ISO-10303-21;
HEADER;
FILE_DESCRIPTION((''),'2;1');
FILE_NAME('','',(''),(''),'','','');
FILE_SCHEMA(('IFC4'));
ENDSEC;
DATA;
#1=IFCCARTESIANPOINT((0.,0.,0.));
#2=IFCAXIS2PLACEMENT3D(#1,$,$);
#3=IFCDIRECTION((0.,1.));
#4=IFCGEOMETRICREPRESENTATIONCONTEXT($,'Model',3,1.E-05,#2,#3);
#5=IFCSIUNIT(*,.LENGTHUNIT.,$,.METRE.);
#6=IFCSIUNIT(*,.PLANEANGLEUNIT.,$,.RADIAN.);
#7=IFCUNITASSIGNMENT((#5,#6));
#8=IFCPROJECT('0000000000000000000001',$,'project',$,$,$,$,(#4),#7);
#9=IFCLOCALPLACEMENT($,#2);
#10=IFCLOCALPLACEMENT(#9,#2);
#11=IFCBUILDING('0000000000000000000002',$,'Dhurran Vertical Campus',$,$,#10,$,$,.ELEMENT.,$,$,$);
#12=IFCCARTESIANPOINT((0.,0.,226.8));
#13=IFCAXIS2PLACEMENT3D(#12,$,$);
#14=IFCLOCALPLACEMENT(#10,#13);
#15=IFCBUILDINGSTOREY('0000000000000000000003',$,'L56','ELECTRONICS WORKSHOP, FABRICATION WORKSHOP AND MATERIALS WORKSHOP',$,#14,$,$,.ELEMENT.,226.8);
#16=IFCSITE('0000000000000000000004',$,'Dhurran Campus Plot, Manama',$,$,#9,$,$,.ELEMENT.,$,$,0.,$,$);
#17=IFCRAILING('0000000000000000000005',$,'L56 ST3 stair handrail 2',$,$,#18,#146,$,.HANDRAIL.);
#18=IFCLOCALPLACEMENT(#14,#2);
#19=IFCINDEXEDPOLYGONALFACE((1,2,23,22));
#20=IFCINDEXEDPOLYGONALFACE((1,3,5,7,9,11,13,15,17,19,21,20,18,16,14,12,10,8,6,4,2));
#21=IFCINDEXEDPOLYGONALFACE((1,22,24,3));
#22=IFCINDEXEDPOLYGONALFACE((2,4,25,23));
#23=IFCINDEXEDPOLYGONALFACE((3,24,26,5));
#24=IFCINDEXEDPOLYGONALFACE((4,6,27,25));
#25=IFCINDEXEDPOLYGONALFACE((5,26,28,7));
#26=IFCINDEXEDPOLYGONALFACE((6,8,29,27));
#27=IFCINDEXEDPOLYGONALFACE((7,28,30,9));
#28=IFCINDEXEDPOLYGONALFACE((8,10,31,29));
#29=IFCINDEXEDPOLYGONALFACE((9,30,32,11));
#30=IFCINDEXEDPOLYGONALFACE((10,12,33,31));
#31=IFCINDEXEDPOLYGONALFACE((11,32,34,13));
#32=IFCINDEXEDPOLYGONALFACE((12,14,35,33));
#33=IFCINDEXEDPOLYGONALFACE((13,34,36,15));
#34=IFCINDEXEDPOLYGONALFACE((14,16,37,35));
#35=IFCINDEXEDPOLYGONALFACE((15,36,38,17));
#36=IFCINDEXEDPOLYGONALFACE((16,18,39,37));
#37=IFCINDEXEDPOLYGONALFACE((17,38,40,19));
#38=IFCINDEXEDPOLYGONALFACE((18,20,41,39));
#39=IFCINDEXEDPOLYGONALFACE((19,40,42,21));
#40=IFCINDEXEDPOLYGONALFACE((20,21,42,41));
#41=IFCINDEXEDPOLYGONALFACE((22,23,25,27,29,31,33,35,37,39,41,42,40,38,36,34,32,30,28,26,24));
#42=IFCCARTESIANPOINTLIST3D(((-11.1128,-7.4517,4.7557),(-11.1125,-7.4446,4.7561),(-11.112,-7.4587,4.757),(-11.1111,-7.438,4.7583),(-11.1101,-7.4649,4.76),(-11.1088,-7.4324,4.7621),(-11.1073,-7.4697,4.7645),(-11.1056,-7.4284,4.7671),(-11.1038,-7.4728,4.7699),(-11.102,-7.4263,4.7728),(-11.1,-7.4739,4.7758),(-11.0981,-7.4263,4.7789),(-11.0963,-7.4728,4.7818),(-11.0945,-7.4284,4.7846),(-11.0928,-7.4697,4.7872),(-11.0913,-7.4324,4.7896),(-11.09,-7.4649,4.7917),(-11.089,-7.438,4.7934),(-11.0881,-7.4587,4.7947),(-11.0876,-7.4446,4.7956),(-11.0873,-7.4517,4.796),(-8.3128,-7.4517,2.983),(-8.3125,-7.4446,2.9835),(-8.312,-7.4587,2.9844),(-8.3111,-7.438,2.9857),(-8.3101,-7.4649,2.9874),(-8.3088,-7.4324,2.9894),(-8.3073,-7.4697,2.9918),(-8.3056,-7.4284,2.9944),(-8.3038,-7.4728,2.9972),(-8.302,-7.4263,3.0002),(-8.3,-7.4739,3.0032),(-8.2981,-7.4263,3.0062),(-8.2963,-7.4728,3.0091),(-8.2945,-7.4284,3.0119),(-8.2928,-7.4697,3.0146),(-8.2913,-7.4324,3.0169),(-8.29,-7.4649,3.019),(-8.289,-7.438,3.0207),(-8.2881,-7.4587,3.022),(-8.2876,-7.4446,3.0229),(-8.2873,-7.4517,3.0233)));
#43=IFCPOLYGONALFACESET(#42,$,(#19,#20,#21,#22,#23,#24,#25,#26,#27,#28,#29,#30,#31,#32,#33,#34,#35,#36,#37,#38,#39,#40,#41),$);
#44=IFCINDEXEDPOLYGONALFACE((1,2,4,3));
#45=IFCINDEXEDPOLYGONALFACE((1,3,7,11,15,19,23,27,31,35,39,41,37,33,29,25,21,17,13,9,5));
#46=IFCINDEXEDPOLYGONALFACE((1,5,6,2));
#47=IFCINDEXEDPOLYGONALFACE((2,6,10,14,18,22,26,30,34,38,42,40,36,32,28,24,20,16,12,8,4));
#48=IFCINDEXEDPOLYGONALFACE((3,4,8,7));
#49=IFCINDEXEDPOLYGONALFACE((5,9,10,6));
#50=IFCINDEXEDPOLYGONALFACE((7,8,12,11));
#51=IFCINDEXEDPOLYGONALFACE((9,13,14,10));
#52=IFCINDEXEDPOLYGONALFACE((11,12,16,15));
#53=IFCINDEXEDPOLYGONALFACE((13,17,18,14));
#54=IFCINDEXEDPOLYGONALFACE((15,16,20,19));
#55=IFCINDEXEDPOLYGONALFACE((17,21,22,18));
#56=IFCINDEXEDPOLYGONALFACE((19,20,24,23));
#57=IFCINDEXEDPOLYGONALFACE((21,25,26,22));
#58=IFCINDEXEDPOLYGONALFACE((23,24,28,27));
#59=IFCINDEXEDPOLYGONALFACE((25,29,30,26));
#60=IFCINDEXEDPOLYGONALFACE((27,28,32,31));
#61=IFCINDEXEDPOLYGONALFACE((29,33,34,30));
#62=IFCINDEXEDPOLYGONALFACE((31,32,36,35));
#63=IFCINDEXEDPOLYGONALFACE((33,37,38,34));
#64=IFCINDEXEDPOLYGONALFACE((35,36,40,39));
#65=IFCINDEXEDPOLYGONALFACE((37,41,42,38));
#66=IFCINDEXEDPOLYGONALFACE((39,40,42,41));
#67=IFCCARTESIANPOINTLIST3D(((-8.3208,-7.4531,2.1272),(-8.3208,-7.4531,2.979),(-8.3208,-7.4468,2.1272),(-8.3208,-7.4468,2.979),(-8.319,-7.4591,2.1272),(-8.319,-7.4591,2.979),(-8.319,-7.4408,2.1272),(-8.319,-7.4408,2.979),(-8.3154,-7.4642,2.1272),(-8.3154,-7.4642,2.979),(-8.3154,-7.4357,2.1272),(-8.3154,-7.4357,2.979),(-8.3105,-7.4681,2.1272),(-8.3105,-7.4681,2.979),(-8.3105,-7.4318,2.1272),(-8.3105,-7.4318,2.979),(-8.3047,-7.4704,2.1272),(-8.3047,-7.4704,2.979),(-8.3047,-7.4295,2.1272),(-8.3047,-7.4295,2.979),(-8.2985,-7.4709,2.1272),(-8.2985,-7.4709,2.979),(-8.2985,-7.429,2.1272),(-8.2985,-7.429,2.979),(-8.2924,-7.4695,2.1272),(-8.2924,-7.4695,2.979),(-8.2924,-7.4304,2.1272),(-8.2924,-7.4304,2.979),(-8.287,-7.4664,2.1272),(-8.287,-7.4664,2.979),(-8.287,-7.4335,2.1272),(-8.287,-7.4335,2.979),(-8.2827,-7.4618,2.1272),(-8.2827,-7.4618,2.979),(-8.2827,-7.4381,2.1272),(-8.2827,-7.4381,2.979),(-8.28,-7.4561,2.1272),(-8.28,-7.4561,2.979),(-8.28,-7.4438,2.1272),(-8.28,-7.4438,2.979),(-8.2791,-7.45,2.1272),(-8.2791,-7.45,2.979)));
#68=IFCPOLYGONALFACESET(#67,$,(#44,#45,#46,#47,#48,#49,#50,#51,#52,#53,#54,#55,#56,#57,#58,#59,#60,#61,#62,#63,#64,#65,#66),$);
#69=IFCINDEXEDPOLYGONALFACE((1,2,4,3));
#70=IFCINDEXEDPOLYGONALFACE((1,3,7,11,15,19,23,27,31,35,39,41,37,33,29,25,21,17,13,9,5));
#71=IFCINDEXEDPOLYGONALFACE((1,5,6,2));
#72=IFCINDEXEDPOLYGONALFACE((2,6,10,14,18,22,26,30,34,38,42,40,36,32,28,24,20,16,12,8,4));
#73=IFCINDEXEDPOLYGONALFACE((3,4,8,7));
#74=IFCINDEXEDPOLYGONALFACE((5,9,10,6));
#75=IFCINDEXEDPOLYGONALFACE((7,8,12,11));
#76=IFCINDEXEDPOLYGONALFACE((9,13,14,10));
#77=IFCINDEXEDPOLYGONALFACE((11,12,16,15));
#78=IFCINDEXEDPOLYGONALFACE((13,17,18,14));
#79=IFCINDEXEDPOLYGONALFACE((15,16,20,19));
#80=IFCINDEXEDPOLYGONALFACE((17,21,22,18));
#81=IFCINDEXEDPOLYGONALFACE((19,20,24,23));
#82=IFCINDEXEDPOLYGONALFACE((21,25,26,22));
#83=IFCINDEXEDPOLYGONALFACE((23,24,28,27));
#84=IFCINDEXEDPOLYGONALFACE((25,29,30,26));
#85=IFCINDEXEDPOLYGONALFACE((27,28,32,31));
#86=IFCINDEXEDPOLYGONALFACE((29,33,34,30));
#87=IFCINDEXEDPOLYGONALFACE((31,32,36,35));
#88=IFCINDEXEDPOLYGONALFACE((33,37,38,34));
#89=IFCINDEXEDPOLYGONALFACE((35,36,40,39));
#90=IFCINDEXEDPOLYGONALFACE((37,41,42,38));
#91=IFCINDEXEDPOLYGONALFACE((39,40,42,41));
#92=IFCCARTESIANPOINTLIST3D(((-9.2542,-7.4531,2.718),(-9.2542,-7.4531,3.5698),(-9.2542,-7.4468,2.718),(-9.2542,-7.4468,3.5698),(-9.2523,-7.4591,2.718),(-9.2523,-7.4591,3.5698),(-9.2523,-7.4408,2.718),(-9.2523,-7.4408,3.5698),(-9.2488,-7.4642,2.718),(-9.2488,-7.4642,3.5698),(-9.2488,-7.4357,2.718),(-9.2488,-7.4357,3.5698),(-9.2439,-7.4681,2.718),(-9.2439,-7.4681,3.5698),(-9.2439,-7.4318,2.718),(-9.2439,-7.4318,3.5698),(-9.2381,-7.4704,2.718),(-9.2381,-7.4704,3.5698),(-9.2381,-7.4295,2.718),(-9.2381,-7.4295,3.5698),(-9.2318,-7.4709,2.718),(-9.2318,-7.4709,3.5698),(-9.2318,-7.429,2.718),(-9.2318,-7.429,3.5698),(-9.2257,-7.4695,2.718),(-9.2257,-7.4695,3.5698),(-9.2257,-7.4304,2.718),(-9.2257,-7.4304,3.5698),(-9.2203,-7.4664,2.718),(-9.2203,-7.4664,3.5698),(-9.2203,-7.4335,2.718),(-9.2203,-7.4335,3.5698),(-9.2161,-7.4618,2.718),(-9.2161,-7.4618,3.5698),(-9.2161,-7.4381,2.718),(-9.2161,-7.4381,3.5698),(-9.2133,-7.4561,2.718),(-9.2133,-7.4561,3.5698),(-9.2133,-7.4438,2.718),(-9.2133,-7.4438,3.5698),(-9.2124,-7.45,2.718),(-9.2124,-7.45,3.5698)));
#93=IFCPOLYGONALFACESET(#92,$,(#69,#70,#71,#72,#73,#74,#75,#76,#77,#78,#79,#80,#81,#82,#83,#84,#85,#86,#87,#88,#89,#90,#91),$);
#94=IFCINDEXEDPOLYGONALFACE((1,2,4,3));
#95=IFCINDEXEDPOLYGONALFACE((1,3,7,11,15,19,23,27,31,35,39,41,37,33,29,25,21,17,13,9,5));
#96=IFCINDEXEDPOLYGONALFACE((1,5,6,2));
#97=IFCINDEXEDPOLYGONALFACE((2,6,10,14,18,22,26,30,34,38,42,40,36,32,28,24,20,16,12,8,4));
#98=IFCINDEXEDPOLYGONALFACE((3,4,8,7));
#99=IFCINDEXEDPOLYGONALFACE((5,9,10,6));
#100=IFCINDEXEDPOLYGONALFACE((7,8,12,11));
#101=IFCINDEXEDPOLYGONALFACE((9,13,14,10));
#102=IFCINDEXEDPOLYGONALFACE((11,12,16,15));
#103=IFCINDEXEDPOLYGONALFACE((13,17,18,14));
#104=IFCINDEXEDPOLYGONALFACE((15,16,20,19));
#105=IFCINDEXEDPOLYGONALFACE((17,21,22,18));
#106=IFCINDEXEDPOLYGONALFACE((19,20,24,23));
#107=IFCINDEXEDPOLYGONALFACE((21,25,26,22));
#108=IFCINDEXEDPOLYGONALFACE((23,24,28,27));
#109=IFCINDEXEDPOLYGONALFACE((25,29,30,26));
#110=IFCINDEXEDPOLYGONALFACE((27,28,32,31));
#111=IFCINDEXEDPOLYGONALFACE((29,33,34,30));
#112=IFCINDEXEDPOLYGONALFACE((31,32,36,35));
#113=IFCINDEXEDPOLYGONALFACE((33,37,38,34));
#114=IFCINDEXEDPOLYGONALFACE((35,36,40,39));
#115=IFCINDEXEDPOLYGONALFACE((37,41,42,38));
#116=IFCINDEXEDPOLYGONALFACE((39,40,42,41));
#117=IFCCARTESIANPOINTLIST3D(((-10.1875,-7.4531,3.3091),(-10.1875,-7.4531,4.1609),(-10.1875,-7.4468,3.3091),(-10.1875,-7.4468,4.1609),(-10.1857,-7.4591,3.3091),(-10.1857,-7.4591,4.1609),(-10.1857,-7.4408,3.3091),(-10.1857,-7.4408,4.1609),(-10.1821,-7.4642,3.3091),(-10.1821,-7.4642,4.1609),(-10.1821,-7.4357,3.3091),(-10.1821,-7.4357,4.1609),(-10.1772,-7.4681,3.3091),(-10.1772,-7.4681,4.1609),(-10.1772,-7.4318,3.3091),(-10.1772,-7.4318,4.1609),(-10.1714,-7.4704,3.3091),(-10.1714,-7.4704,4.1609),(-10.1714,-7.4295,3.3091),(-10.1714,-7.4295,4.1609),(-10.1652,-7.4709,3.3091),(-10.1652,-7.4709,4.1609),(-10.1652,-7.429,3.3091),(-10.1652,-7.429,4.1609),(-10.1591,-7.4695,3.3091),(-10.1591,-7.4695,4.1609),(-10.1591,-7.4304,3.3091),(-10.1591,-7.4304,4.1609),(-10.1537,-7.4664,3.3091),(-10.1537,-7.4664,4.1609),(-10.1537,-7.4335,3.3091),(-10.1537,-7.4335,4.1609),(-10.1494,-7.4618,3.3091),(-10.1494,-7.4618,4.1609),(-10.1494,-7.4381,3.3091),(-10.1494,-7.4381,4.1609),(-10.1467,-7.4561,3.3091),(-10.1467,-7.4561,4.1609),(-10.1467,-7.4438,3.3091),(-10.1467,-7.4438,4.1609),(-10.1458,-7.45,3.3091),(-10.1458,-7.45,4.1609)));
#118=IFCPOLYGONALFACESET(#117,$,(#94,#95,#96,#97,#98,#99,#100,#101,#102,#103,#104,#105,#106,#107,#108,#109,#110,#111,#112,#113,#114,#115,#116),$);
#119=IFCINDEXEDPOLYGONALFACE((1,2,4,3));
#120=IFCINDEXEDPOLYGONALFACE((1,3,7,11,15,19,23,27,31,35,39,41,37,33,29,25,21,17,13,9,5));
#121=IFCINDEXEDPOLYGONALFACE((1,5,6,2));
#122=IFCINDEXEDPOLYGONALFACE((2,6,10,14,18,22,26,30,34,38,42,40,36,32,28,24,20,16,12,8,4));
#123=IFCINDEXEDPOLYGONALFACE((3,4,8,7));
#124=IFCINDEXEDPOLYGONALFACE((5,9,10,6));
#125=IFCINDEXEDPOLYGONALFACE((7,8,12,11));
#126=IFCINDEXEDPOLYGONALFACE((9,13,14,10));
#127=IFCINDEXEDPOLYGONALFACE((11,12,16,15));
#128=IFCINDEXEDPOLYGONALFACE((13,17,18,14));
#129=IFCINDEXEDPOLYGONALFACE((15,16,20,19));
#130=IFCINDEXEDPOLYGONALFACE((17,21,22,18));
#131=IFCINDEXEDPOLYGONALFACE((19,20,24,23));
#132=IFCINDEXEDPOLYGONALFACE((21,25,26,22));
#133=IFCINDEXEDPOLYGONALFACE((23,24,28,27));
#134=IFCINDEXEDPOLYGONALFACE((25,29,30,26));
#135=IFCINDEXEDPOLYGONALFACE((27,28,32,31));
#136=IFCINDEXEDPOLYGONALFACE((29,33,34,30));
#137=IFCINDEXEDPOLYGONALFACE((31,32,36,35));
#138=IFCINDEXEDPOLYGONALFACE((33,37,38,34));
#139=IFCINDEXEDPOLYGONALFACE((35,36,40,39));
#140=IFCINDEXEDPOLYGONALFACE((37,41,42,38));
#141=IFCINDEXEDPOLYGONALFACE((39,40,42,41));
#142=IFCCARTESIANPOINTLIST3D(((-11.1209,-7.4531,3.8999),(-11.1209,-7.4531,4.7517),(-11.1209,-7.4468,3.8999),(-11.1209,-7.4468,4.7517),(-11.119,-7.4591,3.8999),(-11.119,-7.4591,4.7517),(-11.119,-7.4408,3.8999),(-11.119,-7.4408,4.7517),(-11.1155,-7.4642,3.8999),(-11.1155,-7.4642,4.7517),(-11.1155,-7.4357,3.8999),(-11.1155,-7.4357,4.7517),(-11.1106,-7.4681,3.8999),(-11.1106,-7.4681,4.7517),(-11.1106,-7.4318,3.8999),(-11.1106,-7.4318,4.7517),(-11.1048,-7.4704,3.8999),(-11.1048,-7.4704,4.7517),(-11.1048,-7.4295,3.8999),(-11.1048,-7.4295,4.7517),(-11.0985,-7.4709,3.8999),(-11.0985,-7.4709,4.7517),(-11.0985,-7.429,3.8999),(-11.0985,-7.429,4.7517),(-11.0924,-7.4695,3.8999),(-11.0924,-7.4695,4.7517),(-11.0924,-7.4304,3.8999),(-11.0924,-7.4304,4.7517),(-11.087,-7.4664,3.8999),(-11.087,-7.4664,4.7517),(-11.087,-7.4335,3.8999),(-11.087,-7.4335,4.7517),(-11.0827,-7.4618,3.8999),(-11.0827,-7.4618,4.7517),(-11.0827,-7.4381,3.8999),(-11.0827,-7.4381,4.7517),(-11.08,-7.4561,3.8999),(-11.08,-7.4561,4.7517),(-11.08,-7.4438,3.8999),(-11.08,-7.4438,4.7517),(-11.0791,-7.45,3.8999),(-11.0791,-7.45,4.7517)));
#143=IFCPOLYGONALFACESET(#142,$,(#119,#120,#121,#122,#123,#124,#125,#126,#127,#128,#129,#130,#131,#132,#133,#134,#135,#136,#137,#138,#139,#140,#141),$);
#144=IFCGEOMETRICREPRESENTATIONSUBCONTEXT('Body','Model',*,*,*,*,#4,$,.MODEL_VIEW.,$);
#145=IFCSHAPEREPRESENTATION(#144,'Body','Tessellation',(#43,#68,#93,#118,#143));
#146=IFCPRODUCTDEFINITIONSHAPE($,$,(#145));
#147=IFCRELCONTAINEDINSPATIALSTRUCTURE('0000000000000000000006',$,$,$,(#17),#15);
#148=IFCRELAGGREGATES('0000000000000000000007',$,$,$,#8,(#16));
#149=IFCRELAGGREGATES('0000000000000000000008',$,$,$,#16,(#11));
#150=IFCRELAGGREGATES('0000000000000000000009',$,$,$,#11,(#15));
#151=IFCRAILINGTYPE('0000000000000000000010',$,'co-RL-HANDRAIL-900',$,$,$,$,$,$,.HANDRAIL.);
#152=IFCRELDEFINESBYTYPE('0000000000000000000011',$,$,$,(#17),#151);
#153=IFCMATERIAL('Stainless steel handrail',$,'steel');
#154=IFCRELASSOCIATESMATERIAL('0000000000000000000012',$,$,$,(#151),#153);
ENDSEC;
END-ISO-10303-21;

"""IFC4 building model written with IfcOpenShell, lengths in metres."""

from ifc_helpers import new_model, si_unit, direction, frame, origin, origin_2d, place, context, subcontext, project, spatial, circle, extrude, material, type_object, element, save


model = new_model("IFC4")

# Units and contexts
model_context = context("Model", 3, precision=1e-05, world=origin(), true_north=direction((0.0, 1.0)))
body_context = subcontext(model_context, "Body", "Model", "MODEL_VIEW")
ifc_project = project(units=[si_unit("LENGTHUNIT", "METRE"), si_unit("PLANEANGLEUNIT", "RADIAN")], contexts=[model_context])

# Site, building, storey
site_placement = place(None, origin())
site = spatial("IfcSite", under=ifc_project, at=site_placement, Name="Dhurran Campus Plot, Manama", CompositionType="ELEMENT", RefElevation=0.0)
building_placement = place(site_placement, origin())
building = spatial("IfcBuilding", under=site, at=building_placement, Name="Dhurran Vertical Campus", CompositionType="ELEMENT")
storey_placement = place(building_placement, frame((0.0, 0.0, 226.8)))
storey = spatial("IfcBuildingStorey", under=building, at=storey_placement, Name="L56", Description="ELECTRONICS WORKSHOP, FABRICATION WORKSHOP AND MATERIALS WORKSHOP", CompositionType="ELEMENT", Elevation=226.8)

# Railing
ifc_material_1 = material(Name="Stainless steel handrail", Category="steel")
railing_type_1 = type_object("IfcRailingType", Name="co-RL-HANDRAIL-900", PredefinedType="HANDRAIL", material=ifc_material_1)
railing_1_placement = place(storey_placement, frame((-8.3, -7.45, 2.1272)))
element("IfcRailing", 1, at=railing_1_placement, inside=storey, type_object=railing_type_1, Name="L56 ST3 stair handrail 2", PredefinedType="HANDRAIL", context=body_context, shape_type="SweptSolid", body=[
    extrude(circle(Radius=0.0239, at=origin_2d()), frame((0.0, 0.0, 0.876), z_axis=(-0.844909, 0.0, 0.53491), x_axis=(0.0, -1.0, 0.0)), (0.0, 0.0, 1.0), 3.314),
    extrude(circle(Radius=0.021, at=origin_2d()), origin(), (0.0, 0.0, 1.0), 0.8518),
    extrude(circle(Radius=0.021, at=origin_2d()), frame((-0.9333, 0.0, 0.5908)), (0.0, 0.0, 1.0), 0.8518),
    extrude(circle(Radius=0.021, at=origin_2d()), frame((-1.8667, 0.0, 1.1819)), (0.0, 0.0, 1.0), 0.8518),
    extrude(circle(Radius=0.021, at=origin_2d()), frame((-2.8, 0.0, 1.7727)), (0.0, 0.0, 1.0), 0.8518),
])

save(model, "model.ifc")
